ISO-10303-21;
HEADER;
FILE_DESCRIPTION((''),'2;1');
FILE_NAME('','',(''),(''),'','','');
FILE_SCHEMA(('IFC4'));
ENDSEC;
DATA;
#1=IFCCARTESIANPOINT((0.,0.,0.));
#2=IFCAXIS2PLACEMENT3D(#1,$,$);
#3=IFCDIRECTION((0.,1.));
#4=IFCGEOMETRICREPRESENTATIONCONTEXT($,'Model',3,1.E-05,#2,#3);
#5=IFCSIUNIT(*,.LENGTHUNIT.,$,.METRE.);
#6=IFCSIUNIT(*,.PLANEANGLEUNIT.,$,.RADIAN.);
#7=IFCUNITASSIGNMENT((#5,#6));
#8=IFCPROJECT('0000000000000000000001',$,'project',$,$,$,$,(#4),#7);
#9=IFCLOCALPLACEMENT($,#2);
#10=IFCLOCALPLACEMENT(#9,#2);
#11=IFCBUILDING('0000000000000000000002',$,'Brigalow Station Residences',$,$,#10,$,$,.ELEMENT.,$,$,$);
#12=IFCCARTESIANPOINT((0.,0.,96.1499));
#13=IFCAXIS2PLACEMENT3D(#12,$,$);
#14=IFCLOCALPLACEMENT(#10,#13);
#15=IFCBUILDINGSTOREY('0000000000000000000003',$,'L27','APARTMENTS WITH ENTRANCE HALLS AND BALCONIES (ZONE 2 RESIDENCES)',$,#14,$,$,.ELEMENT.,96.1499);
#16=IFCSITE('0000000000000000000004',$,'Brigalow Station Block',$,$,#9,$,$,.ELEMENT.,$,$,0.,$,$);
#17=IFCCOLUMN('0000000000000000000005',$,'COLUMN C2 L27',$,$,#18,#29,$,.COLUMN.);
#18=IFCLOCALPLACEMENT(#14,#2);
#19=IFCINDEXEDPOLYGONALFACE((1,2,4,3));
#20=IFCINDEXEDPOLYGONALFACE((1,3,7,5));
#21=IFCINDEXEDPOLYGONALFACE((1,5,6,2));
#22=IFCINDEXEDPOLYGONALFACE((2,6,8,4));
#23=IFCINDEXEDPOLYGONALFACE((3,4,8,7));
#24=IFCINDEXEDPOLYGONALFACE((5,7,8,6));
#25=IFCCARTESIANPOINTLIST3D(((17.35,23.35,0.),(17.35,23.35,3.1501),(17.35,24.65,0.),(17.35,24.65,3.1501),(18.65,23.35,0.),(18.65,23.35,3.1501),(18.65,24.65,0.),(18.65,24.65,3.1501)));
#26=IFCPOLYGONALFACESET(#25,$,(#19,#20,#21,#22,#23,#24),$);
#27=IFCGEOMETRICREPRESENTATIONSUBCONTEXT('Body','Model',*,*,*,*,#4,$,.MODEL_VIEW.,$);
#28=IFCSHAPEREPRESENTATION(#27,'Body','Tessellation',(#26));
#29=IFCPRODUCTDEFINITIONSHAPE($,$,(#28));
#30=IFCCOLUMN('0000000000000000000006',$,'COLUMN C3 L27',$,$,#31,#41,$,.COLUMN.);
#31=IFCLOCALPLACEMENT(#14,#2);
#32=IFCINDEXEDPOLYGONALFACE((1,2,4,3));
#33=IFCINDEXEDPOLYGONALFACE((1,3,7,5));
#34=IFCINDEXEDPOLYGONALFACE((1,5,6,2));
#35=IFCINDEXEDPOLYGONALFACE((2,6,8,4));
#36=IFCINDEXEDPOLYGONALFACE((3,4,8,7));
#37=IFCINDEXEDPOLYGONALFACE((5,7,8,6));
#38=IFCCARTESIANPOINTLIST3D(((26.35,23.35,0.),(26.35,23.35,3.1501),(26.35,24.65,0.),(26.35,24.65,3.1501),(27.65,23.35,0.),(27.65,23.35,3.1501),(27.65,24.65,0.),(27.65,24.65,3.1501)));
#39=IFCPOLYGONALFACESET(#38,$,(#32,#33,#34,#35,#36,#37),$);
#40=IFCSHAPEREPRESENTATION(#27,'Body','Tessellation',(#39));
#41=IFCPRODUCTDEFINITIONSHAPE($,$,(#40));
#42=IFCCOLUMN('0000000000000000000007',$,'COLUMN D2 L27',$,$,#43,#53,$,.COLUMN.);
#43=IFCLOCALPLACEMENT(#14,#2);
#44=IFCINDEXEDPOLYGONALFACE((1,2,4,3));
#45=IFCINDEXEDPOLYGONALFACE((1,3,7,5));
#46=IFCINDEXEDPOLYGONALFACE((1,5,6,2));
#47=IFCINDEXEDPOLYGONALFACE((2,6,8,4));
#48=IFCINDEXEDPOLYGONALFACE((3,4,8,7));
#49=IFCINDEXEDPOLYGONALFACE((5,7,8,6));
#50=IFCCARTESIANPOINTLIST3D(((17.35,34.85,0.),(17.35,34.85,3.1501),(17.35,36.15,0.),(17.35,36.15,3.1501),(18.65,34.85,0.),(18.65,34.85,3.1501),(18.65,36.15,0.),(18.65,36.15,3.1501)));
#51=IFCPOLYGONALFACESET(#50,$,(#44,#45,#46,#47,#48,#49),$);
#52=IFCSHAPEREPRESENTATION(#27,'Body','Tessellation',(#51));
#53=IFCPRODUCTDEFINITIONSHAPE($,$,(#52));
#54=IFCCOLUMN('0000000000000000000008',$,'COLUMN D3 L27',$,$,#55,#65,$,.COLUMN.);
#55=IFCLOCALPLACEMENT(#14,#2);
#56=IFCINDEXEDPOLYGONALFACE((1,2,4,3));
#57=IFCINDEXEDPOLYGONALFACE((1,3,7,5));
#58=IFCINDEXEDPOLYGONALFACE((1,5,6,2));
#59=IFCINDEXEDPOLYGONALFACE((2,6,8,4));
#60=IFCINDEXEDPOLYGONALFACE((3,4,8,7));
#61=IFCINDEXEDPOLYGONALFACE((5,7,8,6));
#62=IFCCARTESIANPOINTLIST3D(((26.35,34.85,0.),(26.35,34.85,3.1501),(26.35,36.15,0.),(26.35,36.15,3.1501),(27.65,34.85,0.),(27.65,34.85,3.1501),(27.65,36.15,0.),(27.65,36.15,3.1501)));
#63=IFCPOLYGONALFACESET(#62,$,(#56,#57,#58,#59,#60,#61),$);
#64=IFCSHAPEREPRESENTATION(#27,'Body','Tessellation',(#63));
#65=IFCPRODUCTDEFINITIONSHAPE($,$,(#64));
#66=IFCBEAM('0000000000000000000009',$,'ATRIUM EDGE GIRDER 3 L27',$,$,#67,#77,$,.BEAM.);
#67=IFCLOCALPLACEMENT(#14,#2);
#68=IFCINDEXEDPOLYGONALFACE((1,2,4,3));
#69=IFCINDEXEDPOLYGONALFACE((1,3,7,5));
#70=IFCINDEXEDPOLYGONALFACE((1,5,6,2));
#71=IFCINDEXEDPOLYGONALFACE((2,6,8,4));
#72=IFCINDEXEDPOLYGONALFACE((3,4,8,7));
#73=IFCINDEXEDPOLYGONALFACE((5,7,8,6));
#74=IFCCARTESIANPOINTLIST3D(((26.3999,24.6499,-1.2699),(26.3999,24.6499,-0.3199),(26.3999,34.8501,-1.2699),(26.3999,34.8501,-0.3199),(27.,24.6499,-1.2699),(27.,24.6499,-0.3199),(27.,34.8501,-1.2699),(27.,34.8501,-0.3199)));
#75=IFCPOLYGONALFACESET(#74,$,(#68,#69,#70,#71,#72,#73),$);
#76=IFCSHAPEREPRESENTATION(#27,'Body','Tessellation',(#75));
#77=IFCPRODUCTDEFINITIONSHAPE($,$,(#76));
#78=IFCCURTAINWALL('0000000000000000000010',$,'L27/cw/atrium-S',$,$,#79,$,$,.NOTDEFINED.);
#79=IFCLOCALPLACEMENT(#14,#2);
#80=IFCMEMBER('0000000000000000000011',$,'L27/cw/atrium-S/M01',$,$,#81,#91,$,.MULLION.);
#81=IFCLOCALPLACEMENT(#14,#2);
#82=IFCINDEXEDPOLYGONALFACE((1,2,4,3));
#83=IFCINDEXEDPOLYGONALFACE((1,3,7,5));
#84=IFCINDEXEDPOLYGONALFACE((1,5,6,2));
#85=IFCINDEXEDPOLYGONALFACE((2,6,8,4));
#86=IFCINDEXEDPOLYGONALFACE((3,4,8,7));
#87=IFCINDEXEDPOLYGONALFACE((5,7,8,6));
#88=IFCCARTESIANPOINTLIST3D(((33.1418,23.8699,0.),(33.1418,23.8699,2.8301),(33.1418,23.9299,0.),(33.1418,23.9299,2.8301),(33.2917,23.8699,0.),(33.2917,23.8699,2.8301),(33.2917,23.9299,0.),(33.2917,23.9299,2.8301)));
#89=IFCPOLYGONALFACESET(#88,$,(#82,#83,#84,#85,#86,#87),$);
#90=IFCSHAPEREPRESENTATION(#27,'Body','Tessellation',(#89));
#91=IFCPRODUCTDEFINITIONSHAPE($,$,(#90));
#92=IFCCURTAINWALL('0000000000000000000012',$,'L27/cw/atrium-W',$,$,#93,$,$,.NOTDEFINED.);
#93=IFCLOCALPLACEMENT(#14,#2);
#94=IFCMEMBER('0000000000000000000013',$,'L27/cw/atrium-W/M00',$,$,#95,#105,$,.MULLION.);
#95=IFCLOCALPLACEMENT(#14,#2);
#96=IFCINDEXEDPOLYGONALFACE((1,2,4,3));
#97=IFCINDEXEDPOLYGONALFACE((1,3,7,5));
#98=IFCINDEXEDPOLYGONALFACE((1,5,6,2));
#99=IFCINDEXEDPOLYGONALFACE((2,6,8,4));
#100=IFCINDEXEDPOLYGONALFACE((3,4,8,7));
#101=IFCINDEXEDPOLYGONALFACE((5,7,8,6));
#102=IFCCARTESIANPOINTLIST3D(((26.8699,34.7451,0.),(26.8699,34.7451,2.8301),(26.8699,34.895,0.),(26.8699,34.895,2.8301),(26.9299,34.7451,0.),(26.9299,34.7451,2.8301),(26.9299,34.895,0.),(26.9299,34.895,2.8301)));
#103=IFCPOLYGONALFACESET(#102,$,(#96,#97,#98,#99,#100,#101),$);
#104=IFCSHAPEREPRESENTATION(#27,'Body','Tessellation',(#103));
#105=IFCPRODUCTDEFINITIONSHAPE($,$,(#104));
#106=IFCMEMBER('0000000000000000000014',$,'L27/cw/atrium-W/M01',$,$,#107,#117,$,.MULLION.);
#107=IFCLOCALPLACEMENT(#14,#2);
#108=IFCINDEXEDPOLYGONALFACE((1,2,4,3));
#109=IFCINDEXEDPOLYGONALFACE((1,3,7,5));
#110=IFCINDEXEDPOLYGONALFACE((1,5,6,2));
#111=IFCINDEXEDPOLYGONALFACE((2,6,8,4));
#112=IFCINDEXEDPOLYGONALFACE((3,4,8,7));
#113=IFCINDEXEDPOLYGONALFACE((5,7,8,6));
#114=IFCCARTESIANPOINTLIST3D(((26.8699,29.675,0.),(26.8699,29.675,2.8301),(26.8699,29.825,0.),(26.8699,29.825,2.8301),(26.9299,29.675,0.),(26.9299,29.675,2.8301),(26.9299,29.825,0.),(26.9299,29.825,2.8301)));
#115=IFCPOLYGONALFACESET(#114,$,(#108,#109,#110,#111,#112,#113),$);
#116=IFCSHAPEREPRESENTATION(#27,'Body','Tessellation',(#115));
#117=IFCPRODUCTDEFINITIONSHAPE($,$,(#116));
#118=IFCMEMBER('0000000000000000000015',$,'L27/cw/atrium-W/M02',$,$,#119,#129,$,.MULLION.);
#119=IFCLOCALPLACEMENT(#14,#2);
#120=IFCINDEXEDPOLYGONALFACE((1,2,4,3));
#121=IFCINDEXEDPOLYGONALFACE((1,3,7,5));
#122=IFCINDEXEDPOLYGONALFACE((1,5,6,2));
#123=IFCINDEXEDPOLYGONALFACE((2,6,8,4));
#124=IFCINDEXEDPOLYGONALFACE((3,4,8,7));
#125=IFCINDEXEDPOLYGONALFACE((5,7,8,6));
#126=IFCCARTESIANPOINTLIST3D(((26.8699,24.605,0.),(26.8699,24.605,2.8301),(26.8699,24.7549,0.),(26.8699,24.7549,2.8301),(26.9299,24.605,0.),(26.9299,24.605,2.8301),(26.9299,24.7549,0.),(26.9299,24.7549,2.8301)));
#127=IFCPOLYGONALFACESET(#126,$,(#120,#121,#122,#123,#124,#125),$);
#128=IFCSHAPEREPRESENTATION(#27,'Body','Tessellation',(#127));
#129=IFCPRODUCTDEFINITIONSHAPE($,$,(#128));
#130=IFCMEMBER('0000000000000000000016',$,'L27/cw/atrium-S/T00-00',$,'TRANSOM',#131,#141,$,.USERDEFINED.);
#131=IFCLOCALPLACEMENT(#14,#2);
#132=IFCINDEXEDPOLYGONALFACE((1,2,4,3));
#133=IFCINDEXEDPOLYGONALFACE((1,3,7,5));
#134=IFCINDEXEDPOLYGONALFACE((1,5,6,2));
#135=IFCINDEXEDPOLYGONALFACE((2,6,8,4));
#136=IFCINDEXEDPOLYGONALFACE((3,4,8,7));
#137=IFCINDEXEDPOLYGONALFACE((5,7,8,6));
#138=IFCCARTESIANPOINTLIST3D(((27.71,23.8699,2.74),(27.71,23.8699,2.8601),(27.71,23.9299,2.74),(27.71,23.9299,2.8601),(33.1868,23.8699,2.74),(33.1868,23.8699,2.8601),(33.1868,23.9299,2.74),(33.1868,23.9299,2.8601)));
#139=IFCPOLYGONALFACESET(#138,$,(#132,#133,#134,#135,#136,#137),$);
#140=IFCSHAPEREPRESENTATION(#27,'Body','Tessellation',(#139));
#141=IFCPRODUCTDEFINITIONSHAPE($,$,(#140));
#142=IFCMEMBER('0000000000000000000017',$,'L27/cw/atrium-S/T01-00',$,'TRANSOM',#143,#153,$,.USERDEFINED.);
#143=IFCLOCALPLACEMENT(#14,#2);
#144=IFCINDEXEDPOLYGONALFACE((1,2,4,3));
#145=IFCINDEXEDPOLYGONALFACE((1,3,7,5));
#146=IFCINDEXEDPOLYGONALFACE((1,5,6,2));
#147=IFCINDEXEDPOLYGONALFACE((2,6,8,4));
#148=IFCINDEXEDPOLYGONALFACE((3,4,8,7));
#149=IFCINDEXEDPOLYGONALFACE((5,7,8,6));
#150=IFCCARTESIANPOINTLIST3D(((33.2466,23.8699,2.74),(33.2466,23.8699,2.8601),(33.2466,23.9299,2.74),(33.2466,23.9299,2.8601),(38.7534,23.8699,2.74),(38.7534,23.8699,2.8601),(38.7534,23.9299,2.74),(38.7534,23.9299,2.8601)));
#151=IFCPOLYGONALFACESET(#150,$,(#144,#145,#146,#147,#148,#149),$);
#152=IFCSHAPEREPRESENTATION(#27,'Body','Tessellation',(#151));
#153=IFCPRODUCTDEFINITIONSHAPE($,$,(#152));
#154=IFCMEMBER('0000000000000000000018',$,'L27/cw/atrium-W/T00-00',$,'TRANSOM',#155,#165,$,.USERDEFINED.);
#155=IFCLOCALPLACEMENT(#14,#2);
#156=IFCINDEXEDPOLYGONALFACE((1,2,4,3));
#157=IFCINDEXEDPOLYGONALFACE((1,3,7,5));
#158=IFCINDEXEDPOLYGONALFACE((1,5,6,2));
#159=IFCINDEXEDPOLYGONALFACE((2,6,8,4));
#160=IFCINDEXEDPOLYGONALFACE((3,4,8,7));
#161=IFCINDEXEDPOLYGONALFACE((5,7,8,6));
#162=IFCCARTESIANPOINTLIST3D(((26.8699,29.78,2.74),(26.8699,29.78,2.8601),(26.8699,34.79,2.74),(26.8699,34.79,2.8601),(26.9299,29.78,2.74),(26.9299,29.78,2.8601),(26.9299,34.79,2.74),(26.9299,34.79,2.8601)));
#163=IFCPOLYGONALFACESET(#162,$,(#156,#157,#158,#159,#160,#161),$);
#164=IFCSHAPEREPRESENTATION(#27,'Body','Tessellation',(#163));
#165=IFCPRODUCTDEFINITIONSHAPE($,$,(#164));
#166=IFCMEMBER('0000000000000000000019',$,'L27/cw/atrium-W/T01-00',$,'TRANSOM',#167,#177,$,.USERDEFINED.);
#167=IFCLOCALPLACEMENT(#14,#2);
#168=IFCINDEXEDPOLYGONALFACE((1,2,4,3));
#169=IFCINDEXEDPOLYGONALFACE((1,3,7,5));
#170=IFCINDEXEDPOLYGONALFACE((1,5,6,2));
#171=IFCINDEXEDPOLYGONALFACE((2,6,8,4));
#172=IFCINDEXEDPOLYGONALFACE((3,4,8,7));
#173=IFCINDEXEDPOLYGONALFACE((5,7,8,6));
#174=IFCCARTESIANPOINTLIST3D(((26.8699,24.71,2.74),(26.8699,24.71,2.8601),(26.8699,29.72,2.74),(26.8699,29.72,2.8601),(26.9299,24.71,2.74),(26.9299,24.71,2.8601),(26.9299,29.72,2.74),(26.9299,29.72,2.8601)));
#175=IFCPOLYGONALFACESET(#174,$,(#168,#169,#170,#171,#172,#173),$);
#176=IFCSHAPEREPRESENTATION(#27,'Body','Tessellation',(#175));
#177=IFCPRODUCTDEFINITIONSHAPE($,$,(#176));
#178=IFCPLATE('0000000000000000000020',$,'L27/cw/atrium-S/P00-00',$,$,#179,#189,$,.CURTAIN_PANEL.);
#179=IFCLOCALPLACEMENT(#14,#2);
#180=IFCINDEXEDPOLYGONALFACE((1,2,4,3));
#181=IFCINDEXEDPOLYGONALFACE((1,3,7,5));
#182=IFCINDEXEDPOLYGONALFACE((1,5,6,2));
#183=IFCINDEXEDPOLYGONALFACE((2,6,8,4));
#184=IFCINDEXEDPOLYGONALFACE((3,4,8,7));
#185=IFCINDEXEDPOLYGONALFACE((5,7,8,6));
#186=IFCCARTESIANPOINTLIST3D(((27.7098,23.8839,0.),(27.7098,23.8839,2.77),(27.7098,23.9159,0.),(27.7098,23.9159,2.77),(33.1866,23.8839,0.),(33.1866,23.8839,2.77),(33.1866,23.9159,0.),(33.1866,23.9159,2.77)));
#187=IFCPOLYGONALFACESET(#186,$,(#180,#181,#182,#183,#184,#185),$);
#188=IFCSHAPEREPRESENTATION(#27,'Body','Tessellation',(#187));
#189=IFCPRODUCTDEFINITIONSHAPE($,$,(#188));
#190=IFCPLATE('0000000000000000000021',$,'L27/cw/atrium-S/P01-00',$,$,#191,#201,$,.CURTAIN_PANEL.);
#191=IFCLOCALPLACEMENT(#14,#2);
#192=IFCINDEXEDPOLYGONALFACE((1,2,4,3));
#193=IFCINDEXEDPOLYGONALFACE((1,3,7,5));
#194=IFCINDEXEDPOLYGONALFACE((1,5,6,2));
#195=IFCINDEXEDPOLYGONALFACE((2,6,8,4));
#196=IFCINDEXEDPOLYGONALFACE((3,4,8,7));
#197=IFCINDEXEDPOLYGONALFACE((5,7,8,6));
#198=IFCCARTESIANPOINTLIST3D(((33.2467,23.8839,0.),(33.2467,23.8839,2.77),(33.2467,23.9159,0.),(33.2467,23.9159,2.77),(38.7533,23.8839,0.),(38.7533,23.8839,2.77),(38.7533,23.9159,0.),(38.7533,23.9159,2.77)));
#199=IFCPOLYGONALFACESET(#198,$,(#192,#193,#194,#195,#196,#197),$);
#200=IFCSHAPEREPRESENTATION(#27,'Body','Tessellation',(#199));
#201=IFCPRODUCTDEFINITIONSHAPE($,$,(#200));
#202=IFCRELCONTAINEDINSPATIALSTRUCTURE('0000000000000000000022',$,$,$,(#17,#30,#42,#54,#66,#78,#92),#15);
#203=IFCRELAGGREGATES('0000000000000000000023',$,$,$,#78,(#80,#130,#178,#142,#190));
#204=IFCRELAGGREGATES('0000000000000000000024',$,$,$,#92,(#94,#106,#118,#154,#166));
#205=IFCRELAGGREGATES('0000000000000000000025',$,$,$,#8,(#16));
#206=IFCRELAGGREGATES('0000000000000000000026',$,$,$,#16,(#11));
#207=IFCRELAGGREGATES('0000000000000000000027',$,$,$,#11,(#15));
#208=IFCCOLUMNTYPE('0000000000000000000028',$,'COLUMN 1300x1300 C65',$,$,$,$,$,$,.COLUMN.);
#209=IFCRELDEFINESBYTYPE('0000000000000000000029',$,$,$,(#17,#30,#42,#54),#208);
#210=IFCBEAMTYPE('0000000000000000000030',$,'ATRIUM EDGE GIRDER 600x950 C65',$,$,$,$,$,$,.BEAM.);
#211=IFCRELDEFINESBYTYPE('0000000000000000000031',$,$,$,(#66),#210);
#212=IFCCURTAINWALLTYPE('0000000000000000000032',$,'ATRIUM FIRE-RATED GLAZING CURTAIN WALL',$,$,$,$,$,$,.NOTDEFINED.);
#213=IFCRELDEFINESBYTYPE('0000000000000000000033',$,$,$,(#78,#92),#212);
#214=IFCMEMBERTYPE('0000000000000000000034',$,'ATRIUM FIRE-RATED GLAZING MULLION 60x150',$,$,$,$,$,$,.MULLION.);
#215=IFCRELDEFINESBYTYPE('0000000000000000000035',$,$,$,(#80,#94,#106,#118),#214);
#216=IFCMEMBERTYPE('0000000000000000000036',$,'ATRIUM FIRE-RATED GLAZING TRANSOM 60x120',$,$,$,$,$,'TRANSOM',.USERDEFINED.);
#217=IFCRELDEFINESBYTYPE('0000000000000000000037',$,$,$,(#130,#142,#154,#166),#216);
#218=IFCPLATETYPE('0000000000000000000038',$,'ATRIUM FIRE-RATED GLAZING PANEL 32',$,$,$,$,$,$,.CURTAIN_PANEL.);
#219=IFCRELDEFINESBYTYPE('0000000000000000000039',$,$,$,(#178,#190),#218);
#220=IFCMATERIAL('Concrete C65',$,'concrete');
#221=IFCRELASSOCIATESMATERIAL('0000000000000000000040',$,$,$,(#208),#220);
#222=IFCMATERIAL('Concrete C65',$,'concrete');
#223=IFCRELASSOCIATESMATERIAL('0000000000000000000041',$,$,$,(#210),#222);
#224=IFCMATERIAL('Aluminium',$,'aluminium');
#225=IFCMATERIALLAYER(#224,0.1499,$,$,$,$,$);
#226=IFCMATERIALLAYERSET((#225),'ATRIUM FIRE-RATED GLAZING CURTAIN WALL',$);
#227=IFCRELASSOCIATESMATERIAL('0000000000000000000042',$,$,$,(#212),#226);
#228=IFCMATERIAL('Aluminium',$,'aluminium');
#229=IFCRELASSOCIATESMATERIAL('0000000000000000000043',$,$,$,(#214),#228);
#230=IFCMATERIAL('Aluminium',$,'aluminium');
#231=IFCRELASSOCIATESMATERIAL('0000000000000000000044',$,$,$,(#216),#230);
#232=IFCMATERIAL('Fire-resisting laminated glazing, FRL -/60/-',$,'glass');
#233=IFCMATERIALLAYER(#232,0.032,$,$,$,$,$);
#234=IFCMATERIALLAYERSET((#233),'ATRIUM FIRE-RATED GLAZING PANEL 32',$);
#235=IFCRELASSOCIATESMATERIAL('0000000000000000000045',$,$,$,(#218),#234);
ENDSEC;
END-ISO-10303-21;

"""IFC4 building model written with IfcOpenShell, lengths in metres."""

from ifc_helpers import new_model, si_unit, direction, frame, origin, origin_2d, place, context, subcontext, project, spatial, rectangle, extrude, material, layer, layer_set, material_profile, profile_set, type_object, element, aggregate, save


model = new_model("IFC4")

# Units and contexts
model_context = context("Model", 3, precision=1e-05, world=origin(), true_north=direction((0.0, 1.0)))
body_context = subcontext(model_context, "Body", "Model", "MODEL_VIEW")
ifc_project = project(units=[si_unit("LENGTHUNIT", "METRE"), si_unit("PLANEANGLEUNIT", "RADIAN")], contexts=[model_context])

# Site, building, storey
site_placement = place(None, origin())
site = spatial("IfcSite", under=ifc_project, at=site_placement, Name="Brigalow Station Block", CompositionType="ELEMENT", RefElevation=0.0)
building_placement = place(site_placement, origin())
building = spatial("IfcBuilding", under=site, at=building_placement, Name="Brigalow Station Residences", CompositionType="ELEMENT")
storey_placement = place(building_placement, frame((0.0, 0.0, 96.1499)))
storey = spatial("IfcBuildingStorey", under=building, at=storey_placement, Name="L27", Description="APARTMENTS WITH ENTRANCE HALLS AND BALCONIES (ZONE 2 RESIDENCES)", CompositionType="ELEMENT", Elevation=96.1499)

# Columns
ifc_material_1 = material(Name="Concrete C65", Category="concrete")
ifc_material_profile_1 = material_profile(ifc_material_1, rectangle(XDim=1.3, YDim=1.3, at=origin_2d()), Name="RC1300x1300")
ifc_profile_set_1 = profile_set([ifc_material_profile_1], Name="Concrete C65")
column_type = type_object("IfcColumnType", Name="COLUMN 1300x1300 C65", PredefinedType="COLUMN", material=ifc_profile_set_1)
for number, where, z_axis, x_axis, name in (
    (1, (18.0, 24.0, 0.0), (0.0, 0.0, 1.0), (1.0, 0.0, 0.0), "COLUMN C2 L27"),
    (2, (27.0, 24.0, 0.0), (0.0, 0.0, 1.0), (1.0, 0.0, 0.0), "COLUMN C3 L27"),
    (3, (18.0, 35.5, 0.0), (0.0, 0.0, 1.0), (1.0, 0.0, 0.0), "COLUMN D2 L27"),
    (4, (27.0, 35.5, 0.0), (0.0, 0.0, 1.0), (1.0, 0.0, 0.0), "COLUMN D3 L27"),
):
    element("IfcColumn", number, at=place(storey_placement, frame(where, z_axis=z_axis, x_axis=x_axis)), inside=storey, type_object=column_type, Name=name, PredefinedType="COLUMN", context=body_context, shape_type="SweptSolid", body=[
        extrude(rectangle(XDim=1.3, YDim=1.3, at=origin_2d()), origin(), (0.0, 0.0, 1.0), 3.1501),
    ])

# Beam
ifc_material_2 = material(Name="Concrete C65", Category="concrete")
ifc_material_profile_2 = material_profile(ifc_material_2, rectangle(XDim=0.6001, YDim=0.95, at=origin_2d()), Name="RC600x950")
ifc_profile_set_2 = profile_set([ifc_material_profile_2], Name="Concrete C65")
beam_type = type_object("IfcBeamType", Name="ATRIUM EDGE GIRDER 600x950 C65", PredefinedType="BEAM", material=ifc_profile_set_2)
beam_placement = place(storey_placement, frame((26.7, 24.6499, -0.7949), z_axis=(0.0, 1.0, 0.0), x_axis=(-1.0, 0.0, 0.0)))
element("IfcBeam", 5, at=beam_placement, inside=storey, type_object=beam_type, Name="ATRIUM EDGE GIRDER 3 L27", PredefinedType="BEAM", context=body_context, shape_type="SweptSolid", body=[
    extrude(rectangle(XDim=0.6001, YDim=0.95, at=origin_2d()), origin(), (0.0, 0.0, 1.0), 10.2002),
])

# Curtain wall, member
ifc_material_3 = material(Name="Aluminium", Category="aluminium")
ifc_layer_1 = layer(ifc_material_3, 0.1499)
ifc_layer_set_1 = layer_set([ifc_layer_1], Name="ATRIUM FIRE-RATED GLAZING CURTAIN WALL")
curtain_wall_type = type_object("IfcCurtainWallType", Name="ATRIUM FIRE-RATED GLAZING CURTAIN WALL", PredefinedType="NOTDEFINED", material=ifc_layer_set_1)
curtain_wall_1_placement = place(storey_placement, origin())
curtain_wall_1 = element("IfcCurtainWall", 6, at=curtain_wall_1_placement, inside=storey, type_object=curtain_wall_type, Name="L27/cw/atrium-S", PredefinedType="NOTDEFINED")
ifc_material_4 = material(Name="Aluminium", Category="aluminium")
ifc_material_profile_3 = material_profile(ifc_material_4, rectangle(XDim=0.0601, YDim=0.1499, at=origin_2d()), Name="ATRIUM FIRE-RATED GLAZING MULLION 60x150")
ifc_profile_set_3 = profile_set([ifc_material_profile_3], Name="Aluminium")
member_type_1 = type_object("IfcMemberType", Name="ATRIUM FIRE-RATED GLAZING MULLION 60x150", PredefinedType="MULLION", material=ifc_profile_set_3)
member_1_placement = place(storey_placement, frame((33.2168, 23.8999, 0.0), z_axis=(0.0, 0.0, 1.0), x_axis=(0.0, 1.0, 0.0)))
member_1 = element("IfcMember", 7, at=member_1_placement, type_object=member_type_1, Name="L27/cw/atrium-S/M01", PredefinedType="MULLION", context=body_context, shape_type="SweptSolid", body=[
    extrude(rectangle(XDim=0.0601, YDim=0.1499, at=origin_2d()), origin(), (0.0, 0.0, 1.0), 2.8301),
])

# Curtain wall, members
curtain_wall_2_placement = place(storey_placement, origin())
curtain_wall_2 = element("IfcCurtainWall", 8, at=curtain_wall_2_placement, inside=storey, type_object=curtain_wall_type, Name="L27/cw/atrium-W", PredefinedType="NOTDEFINED")
member_2_placement = place(storey_placement, frame((26.8999, 34.8201, 0.0), z_axis=(0.0, 0.0, 1.0), x_axis=(1.0, 0.0, 0.0)))
member_2 = element("IfcMember", 9, at=member_2_placement, type_object=member_type_1, Name="L27/cw/atrium-W/M00", PredefinedType="MULLION", context=body_context, shape_type="SweptSolid", body=[
    extrude(rectangle(XDim=0.0601, YDim=0.1499, at=origin_2d()), origin(), (0.0, 0.0, 1.0), 2.8301),
])
member_3_placement = place(storey_placement, frame((26.8999, 29.75, 0.0), z_axis=(0.0, 0.0, 1.0), x_axis=(1.0, 0.0, 0.0)))
member_3 = element("IfcMember", 10, at=member_3_placement, type_object=member_type_1, Name="L27/cw/atrium-W/M01", PredefinedType="MULLION", context=body_context, shape_type="SweptSolid", body=[
    extrude(rectangle(XDim=0.0601, YDim=0.1499, at=origin_2d()), origin(), (0.0, 0.0, 1.0), 2.8301),
])
member_4_placement = place(storey_placement, frame((26.8999, 24.6799, 0.0), z_axis=(0.0, 0.0, 1.0), x_axis=(1.0, 0.0, 0.0)))
member_4 = element("IfcMember", 11, at=member_4_placement, type_object=member_type_1, Name="L27/cw/atrium-W/M02", PredefinedType="MULLION", context=body_context, shape_type="SweptSolid", body=[
    extrude(rectangle(XDim=0.0601, YDim=0.1499, at=origin_2d()), origin(), (0.0, 0.0, 1.0), 2.8301),
])

# Members
ifc_material_5 = material(Name="Aluminium", Category="aluminium")
ifc_material_profile_4 = material_profile(ifc_material_5, rectangle(XDim=0.0601, YDim=0.1201, at=origin_2d()), Name="ATRIUM FIRE-RATED GLAZING TRANSOM 60x120")
ifc_profile_set_4 = profile_set([ifc_material_profile_4], Name="Aluminium")
member_type_2 = type_object("IfcMemberType", Name="ATRIUM FIRE-RATED GLAZING TRANSOM 60x120", ElementType="TRANSOM", PredefinedType="USERDEFINED", material=ifc_profile_set_4)
member_5_placement = place(storey_placement, frame((27.71, 23.8999, 2.8), z_axis=(1.0, 0.0, 0.0), x_axis=(0.0, 1.0, 0.0)))
member_5 = element("IfcMember", 12, at=member_5_placement, type_object=member_type_2, Name="L27/cw/atrium-S/T00-00", ObjectType="TRANSOM", PredefinedType="USERDEFINED", context=body_context, shape_type="SweptSolid", body=[
    extrude(rectangle(XDim=0.0601, YDim=0.1201, at=origin_2d()), origin(), (0.0, 0.0, 1.0), 5.4768),
])
member_6_placement = place(storey_placement, frame((33.2466, 23.8999, 2.8), z_axis=(1.0, 0.0, 0.0), x_axis=(0.0, 1.0, 0.0)))
member_6 = element("IfcMember", 13, at=member_6_placement, type_object=member_type_2, Name="L27/cw/atrium-S/T01-00", ObjectType="TRANSOM", PredefinedType="USERDEFINED", context=body_context, shape_type="SweptSolid", body=[
    extrude(rectangle(XDim=0.0601, YDim=0.1201, at=origin_2d()), origin(), (0.0, 0.0, 1.0), 5.5068),
])
member_7_placement = place(storey_placement, frame((26.8999, 34.79, 2.8), z_axis=(0.0, -1.0, 0.0), x_axis=(1.0, 0.0, 0.0)))
member_7 = element("IfcMember", 14, at=member_7_placement, type_object=member_type_2, Name="L27/cw/atrium-W/T00-00", ObjectType="TRANSOM", PredefinedType="USERDEFINED", context=body_context, shape_type="SweptSolid", body=[
    extrude(rectangle(XDim=0.0601, YDim=0.1201, at=origin_2d()), origin(), (0.0, 0.0, 1.0), 5.01),
])
member_8_placement = place(storey_placement, frame((26.8999, 29.72, 2.8), z_axis=(0.0, -1.0, 0.0), x_axis=(1.0, 0.0, 0.0)))
member_8 = element("IfcMember", 15, at=member_8_placement, type_object=member_type_2, Name="L27/cw/atrium-W/T01-00", ObjectType="TRANSOM", PredefinedType="USERDEFINED", context=body_context, shape_type="SweptSolid", body=[
    extrude(rectangle(XDim=0.0601, YDim=0.1201, at=origin_2d()), origin(), (0.0, 0.0, 1.0), 5.01),
])

# Plates
ifc_material_6 = material(Name="Fire-resisting laminated glazing, FRL -/60/-", Category="glass")
ifc_layer_2 = layer(ifc_material_6, 0.032)
ifc_layer_set_2 = layer_set([ifc_layer_2], Name="ATRIUM FIRE-RATED GLAZING PANEL 32")
plate_type = type_object("IfcPlateType", Name="ATRIUM FIRE-RATED GLAZING PANEL 32", PredefinedType="CURTAIN_PANEL", material=ifc_layer_set_2)
plate_1_placement = place(storey_placement, frame((30.4482, 23.8999, 0.0), z_axis=(0.0, 0.0, 1.0), x_axis=(1.0, 0.0, 0.0)))
plate_1 = element("IfcPlate", 16, at=plate_1_placement, type_object=plate_type, Name="L27/cw/atrium-S/P00-00", PredefinedType="CURTAIN_PANEL", context=body_context, shape_type="SweptSolid", body=[
    extrude(rectangle(XDim=5.4768, YDim=0.032, at=origin_2d()), origin(), (0.0, 0.0, 1.0), 2.77),
])
plate_2_placement = place(storey_placement, frame((36.0, 23.8999, 0.0), z_axis=(0.0, 0.0, 1.0), x_axis=(1.0, 0.0, 0.0)))
plate_2 = element("IfcPlate", 17, at=plate_2_placement, type_object=plate_type, Name="L27/cw/atrium-S/P01-00", PredefinedType="CURTAIN_PANEL", context=body_context, shape_type="SweptSolid", body=[
    extrude(rectangle(XDim=5.5066, YDim=0.032, at=origin_2d()), origin(), (0.0, 0.0, 1.0), 2.77),
])
aggregate(curtain_wall_1, [member_1, member_5, plate_1, member_6, plate_2])
aggregate(curtain_wall_2, [member_2, member_3, member_4, member_7, member_8])

save(model, "model.ifc")
